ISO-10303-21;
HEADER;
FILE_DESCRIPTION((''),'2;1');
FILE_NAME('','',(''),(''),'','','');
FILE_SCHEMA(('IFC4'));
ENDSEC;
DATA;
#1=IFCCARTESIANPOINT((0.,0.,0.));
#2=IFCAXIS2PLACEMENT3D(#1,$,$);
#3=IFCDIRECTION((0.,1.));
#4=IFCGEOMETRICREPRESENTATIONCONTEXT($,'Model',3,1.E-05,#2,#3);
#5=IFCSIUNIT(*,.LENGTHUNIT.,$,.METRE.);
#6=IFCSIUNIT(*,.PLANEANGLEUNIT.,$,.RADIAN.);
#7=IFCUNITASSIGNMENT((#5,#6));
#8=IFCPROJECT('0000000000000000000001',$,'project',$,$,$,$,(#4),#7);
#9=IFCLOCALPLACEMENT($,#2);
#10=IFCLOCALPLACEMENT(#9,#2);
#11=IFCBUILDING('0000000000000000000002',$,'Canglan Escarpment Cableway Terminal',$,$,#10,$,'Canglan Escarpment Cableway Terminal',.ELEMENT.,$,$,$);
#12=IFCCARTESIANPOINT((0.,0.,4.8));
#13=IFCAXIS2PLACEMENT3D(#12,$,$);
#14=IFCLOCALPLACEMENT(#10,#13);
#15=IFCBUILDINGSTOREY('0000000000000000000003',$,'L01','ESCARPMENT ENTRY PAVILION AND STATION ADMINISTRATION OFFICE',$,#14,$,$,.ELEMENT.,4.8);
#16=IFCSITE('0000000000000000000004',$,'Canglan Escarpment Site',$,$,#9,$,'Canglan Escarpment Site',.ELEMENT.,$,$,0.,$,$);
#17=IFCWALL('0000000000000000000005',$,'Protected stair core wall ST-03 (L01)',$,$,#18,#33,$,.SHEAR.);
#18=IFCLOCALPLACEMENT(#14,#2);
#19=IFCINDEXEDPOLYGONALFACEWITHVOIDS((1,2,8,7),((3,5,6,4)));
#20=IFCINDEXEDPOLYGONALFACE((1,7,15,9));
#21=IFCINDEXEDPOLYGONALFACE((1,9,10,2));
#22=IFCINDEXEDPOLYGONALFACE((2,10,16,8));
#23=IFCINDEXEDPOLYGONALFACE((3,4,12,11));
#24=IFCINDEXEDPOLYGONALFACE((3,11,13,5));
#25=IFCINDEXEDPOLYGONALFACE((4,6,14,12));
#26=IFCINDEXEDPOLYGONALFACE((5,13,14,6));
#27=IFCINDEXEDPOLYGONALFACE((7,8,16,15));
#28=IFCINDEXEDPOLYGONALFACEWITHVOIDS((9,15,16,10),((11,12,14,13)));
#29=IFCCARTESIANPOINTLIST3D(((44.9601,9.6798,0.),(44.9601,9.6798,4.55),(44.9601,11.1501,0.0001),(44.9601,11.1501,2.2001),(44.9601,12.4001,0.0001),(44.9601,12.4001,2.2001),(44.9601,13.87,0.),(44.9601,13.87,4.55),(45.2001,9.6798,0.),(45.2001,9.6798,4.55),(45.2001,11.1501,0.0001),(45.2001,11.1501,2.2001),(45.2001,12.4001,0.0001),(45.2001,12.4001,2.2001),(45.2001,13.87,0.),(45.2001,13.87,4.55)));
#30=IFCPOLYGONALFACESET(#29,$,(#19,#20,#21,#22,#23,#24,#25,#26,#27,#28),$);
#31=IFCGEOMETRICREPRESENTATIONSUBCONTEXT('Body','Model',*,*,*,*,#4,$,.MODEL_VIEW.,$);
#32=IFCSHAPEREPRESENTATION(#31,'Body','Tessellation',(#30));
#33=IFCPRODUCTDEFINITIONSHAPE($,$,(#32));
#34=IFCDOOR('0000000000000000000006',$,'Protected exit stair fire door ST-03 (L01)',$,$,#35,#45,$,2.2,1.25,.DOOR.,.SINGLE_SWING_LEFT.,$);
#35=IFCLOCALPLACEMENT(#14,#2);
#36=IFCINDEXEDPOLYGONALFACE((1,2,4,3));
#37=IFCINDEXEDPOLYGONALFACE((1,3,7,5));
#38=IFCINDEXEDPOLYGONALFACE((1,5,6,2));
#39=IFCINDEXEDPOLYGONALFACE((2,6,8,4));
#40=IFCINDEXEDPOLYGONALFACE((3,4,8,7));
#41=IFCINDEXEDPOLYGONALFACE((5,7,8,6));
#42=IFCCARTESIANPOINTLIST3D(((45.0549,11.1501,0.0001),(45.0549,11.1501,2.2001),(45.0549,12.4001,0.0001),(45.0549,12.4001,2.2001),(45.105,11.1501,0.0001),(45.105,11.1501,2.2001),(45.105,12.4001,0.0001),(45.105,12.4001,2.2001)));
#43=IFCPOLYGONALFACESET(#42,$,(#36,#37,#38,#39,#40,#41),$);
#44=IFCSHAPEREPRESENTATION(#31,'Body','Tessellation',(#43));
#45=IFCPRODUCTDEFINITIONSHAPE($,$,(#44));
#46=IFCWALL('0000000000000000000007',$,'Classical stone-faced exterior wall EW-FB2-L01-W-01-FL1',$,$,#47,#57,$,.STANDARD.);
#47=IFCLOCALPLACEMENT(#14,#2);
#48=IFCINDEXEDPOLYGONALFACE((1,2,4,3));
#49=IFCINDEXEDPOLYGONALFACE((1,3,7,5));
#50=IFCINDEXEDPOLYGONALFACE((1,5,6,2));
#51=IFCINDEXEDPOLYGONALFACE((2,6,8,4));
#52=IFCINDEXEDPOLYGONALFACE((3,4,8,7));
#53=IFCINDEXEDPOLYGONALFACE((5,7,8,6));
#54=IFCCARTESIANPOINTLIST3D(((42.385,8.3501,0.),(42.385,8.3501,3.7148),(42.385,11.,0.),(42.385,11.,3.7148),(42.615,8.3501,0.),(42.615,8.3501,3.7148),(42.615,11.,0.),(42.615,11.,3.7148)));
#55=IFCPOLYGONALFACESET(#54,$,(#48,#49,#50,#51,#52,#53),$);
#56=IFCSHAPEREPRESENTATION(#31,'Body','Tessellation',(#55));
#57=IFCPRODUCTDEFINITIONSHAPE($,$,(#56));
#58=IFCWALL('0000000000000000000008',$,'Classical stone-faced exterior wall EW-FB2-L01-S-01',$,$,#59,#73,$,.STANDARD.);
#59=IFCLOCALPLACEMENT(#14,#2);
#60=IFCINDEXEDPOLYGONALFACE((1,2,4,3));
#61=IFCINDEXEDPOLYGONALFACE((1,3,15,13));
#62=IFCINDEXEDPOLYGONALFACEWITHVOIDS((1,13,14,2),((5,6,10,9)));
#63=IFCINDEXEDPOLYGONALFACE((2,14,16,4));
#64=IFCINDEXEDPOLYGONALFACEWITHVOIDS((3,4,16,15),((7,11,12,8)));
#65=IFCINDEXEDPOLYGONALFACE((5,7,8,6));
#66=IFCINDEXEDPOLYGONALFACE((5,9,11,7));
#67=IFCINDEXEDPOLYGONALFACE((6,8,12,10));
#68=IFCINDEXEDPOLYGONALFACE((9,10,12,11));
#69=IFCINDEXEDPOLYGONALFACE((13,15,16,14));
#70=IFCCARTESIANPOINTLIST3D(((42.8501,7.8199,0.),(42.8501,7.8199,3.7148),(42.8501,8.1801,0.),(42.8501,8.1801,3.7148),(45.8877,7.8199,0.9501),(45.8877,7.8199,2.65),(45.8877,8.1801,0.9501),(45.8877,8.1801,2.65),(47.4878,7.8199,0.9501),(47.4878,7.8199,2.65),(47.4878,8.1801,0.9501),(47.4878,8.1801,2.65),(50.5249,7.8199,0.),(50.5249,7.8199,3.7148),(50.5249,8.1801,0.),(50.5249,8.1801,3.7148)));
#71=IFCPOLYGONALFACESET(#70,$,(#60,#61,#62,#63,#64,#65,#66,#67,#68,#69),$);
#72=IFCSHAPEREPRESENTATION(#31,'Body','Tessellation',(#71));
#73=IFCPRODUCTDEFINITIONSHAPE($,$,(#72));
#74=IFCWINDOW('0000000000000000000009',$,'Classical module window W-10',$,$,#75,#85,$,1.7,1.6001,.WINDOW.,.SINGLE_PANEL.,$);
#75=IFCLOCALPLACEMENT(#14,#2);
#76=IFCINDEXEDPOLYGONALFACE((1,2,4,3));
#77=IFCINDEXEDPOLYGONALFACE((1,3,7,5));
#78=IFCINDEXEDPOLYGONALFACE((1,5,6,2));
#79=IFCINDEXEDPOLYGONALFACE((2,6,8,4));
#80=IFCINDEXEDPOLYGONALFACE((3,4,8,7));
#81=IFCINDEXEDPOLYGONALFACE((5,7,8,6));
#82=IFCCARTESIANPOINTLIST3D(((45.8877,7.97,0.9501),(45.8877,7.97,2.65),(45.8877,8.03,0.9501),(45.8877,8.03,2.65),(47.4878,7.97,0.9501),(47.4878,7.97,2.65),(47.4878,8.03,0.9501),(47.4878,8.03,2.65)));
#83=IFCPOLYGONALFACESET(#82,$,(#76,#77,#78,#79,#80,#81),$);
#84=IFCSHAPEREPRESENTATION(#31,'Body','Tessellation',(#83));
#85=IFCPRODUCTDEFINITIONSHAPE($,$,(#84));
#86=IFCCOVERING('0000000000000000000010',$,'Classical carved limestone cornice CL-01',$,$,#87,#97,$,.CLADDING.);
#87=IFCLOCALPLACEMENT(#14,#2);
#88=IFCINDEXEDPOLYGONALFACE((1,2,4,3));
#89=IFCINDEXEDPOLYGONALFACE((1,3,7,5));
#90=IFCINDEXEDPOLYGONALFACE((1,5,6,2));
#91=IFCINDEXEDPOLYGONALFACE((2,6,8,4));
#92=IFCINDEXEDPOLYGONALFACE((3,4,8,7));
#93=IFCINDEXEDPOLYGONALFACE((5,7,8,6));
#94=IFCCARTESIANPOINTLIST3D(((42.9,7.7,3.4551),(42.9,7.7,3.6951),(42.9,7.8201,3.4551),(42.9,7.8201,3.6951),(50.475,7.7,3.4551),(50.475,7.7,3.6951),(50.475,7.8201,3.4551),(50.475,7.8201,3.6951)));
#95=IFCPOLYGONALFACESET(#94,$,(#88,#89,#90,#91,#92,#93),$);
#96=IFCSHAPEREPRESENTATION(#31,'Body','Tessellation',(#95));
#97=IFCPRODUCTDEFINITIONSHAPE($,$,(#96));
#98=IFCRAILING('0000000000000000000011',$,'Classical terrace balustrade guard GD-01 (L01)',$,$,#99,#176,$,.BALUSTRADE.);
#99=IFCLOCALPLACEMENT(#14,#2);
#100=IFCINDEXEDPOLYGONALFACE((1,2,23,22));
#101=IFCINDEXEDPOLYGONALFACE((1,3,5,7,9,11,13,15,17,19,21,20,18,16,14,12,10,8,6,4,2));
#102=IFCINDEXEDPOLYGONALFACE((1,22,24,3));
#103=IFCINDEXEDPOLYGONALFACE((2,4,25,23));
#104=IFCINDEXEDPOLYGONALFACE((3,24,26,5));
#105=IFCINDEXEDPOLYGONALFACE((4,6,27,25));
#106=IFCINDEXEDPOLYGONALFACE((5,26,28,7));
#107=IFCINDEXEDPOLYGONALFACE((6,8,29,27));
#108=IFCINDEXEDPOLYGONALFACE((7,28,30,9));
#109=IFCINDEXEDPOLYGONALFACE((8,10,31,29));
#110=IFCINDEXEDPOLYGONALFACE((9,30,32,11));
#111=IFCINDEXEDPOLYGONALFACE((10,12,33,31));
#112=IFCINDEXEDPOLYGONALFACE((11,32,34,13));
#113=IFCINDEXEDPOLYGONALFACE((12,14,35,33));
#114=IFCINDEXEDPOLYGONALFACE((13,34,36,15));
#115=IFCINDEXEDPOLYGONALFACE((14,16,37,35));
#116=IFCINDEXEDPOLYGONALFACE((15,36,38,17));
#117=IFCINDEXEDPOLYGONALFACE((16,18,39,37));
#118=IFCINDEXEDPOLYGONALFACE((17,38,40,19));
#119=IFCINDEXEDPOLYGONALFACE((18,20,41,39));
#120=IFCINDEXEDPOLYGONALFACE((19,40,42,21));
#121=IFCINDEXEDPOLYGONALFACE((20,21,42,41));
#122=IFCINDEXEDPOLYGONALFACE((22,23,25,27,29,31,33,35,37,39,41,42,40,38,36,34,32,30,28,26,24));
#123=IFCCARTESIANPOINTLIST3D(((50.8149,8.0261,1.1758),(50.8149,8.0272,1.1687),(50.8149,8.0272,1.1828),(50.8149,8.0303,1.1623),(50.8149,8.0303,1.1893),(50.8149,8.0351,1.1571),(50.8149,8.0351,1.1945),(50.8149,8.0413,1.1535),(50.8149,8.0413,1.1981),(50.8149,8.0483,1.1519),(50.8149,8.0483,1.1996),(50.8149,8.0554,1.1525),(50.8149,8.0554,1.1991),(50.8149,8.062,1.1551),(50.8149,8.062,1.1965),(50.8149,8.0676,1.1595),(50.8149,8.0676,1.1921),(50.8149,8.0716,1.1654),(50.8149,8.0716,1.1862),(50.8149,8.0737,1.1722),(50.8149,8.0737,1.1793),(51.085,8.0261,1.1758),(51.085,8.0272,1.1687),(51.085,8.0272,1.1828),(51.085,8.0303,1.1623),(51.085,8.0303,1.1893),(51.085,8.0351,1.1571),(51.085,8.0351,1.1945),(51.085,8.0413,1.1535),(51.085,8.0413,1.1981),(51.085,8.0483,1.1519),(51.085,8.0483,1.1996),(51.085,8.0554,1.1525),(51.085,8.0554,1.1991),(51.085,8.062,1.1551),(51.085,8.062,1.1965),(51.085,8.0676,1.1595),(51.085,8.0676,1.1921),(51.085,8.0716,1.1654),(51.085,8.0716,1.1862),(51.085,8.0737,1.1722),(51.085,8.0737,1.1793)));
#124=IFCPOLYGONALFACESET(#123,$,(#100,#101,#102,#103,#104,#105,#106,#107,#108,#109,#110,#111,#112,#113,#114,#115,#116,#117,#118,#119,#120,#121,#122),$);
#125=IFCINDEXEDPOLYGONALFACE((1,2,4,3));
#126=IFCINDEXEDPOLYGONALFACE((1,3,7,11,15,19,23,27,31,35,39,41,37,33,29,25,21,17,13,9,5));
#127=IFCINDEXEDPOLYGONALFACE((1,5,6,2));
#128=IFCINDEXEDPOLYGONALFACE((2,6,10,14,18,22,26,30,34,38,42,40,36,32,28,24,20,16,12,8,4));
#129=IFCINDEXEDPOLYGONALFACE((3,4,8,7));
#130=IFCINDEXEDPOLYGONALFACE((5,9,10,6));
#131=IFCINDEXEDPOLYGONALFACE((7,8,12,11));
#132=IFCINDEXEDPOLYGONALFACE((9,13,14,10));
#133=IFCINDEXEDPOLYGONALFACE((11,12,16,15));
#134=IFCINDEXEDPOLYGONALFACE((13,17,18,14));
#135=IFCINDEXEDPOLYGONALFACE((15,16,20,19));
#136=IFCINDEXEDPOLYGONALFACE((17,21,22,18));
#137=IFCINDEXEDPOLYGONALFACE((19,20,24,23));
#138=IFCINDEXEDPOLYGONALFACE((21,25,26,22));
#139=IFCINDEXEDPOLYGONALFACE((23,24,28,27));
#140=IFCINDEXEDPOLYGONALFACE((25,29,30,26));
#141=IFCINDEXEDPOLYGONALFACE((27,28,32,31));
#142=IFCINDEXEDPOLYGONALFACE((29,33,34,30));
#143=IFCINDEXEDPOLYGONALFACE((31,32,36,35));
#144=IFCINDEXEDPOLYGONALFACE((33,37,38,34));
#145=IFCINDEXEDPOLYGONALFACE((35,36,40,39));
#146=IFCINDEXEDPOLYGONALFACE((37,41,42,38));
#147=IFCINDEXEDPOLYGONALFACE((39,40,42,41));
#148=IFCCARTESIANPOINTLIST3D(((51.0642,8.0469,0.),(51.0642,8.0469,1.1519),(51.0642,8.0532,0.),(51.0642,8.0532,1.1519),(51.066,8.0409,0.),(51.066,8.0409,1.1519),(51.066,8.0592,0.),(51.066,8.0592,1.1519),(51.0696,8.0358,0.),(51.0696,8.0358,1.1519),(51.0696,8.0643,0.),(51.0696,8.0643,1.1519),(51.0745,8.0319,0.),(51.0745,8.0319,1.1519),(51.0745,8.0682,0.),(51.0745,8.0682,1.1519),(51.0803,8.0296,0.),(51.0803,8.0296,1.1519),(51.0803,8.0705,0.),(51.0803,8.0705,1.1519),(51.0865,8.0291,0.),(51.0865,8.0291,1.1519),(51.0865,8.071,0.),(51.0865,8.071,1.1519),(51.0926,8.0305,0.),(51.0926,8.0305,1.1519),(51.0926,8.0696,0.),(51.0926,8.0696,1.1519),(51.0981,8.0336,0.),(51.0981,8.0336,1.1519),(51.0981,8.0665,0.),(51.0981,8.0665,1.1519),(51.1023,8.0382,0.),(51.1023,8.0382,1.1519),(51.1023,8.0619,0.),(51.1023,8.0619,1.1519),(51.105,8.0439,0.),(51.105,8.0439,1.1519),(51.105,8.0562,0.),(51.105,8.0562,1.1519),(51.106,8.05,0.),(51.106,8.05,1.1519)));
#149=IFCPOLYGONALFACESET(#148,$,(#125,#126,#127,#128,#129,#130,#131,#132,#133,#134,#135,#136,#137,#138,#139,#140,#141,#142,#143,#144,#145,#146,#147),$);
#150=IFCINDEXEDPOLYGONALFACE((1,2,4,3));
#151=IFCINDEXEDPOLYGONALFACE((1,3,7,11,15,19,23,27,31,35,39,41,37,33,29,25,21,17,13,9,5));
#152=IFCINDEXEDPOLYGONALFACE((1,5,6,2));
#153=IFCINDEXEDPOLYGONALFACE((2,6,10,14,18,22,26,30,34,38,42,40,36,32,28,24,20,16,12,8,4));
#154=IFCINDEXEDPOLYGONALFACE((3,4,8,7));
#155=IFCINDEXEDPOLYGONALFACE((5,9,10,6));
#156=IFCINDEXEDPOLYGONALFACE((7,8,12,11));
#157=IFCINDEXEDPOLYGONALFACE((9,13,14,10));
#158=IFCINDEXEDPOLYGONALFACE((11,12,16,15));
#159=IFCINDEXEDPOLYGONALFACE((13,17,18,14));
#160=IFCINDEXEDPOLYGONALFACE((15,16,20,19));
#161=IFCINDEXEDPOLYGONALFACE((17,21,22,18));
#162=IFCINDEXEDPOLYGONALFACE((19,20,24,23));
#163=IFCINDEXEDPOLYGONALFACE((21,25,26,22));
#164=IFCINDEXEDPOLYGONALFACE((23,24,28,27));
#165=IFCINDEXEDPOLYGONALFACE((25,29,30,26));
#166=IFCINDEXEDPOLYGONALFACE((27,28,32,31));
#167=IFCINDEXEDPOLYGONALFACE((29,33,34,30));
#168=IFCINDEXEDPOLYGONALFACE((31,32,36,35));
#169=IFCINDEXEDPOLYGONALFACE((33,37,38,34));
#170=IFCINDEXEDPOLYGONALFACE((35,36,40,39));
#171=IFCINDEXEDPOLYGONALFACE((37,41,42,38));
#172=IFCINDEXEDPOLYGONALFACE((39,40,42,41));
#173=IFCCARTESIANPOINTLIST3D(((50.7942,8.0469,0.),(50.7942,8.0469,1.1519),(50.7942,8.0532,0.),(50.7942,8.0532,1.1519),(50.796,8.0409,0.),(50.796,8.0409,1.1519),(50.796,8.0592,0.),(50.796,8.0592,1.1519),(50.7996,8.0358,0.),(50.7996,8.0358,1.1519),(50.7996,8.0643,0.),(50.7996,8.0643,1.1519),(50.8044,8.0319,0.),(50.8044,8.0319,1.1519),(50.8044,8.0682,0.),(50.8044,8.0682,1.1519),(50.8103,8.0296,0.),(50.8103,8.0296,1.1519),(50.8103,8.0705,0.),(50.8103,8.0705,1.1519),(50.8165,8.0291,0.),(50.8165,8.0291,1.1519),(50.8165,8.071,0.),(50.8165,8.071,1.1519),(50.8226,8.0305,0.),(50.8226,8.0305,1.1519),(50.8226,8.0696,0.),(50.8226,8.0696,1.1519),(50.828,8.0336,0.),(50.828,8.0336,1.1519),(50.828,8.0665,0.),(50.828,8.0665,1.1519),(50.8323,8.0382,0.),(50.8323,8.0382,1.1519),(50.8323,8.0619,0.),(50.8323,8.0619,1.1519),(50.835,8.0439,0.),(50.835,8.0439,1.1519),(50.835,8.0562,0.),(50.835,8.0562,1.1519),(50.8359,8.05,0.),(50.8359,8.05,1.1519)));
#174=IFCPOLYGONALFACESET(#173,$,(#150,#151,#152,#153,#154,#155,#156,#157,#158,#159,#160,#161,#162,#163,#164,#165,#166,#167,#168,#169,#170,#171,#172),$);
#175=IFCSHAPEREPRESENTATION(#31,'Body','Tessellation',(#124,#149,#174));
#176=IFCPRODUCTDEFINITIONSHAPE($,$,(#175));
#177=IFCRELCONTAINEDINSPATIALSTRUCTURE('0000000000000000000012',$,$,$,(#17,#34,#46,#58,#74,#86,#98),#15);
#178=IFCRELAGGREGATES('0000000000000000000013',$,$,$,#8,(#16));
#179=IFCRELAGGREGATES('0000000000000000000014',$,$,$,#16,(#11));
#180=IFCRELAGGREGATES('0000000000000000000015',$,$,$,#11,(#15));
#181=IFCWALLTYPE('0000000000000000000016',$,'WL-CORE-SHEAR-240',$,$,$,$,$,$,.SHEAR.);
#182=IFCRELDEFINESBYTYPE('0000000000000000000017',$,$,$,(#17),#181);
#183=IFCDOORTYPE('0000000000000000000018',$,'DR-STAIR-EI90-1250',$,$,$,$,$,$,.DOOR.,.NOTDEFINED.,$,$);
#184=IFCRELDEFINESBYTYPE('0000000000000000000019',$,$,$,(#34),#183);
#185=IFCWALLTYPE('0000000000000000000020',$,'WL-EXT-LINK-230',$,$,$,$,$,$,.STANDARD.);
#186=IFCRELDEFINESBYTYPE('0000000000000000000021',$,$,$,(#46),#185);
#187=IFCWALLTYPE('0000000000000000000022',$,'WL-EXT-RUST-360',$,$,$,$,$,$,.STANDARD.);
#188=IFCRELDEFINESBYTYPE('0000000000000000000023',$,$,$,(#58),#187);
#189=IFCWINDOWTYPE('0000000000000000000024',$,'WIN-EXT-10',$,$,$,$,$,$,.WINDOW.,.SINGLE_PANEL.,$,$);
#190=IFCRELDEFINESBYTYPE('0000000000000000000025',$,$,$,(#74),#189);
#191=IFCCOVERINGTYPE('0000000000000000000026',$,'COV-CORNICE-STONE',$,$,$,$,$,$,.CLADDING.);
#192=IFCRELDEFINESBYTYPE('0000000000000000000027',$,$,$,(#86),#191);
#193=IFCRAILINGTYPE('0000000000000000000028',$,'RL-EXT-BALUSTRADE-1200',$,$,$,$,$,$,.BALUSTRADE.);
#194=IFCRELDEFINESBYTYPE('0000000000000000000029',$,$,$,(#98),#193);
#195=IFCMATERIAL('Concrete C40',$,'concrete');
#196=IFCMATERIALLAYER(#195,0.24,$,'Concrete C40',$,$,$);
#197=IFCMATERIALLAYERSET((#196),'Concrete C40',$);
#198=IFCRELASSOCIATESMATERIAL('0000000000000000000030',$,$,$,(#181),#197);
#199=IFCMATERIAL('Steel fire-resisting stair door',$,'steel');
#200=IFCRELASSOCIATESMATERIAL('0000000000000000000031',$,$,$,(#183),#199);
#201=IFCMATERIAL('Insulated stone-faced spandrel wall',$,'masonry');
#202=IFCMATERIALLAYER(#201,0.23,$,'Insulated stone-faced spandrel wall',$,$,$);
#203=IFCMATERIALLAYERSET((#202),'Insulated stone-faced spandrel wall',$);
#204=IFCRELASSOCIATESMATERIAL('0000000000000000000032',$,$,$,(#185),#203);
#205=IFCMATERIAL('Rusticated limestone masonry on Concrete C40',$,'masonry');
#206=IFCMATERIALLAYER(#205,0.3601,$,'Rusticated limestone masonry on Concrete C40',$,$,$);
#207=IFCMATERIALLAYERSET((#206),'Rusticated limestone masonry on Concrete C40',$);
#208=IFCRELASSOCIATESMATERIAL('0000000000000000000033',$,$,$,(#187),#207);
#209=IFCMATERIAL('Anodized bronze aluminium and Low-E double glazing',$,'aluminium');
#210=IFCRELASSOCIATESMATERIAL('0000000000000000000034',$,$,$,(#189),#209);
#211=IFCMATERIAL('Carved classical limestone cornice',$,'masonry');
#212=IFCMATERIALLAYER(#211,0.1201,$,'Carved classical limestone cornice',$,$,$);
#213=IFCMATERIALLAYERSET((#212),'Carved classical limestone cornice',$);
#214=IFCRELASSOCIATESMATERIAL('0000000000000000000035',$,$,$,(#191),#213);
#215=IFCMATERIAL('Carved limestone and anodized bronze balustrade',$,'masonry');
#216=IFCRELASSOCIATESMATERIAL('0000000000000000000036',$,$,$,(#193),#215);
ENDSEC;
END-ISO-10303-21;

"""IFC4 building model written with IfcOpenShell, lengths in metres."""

from ifc_helpers import new_model, si_unit, direction, frame, frame_2d, origin, origin_2d, place, context, subcontext, project, spatial, rectangle, circle, extrude, material, layer, layer_set, type_object, element, fill, save


model = new_model("IFC4")

# Units and contexts
model_context = context("Model", 3, precision=1e-05, world=origin(), true_north=direction((0.0, 1.0)))
body_context = subcontext(model_context, "Body", "Model", "MODEL_VIEW")
ifc_project = project(units=[si_unit("LENGTHUNIT", "METRE"), si_unit("PLANEANGLEUNIT", "RADIAN")], contexts=[model_context])

# Site, building, storey
site_placement = place(None, origin())
site = spatial("IfcSite", under=ifc_project, at=site_placement, Name="Canglan Escarpment Site", LongName="Canglan Escarpment Site", CompositionType="ELEMENT", RefElevation=0.0)
building_placement = place(site_placement, origin())
building = spatial("IfcBuilding", under=site, at=building_placement, Name="Canglan Escarpment Cableway Terminal", LongName="Canglan Escarpment Cableway Terminal", CompositionType="ELEMENT")
storey_placement = place(building_placement, frame((0.0, 0.0, 4.8)))
storey = spatial("IfcBuildingStorey", under=building, at=storey_placement, Name="L01", Description="ESCARPMENT ENTRY PAVILION AND STATION ADMINISTRATION OFFICE", CompositionType="ELEMENT", Elevation=4.8)

# Shared definitions
ifc_material_1 = material(Name="Concrete C40", Category="concrete")

# Shared definitions
ifc_material_2 = material(Name="Anodized bronze aluminium and Low-E double glazing", Category="aluminium")

# Shared definitions
ifc_layer_1 = layer(ifc_material_1, 0.24, Name="Concrete C40")
ifc_layer_set_1 = layer_set([ifc_layer_1], Name="Concrete C40")
wall_type_1 = type_object("IfcWallType", Name="WL-CORE-SHEAR-240", PredefinedType="SHEAR", material=ifc_layer_set_1)

# Wall, opening, door
wall_1_placement = place(storey_placement, frame((45.0801, 13.8701, 0.0), z_axis=(0.0, 0.0, 1.0), x_axis=(0.0, -1.0, 0.0)))
wall_1 = element("IfcWall", 1, at=wall_1_placement, inside=storey, type_object=wall_type_1, Name="Protected stair core wall ST-03 (L01)", PredefinedType="SHEAR", context=body_context, shape_type="SweptSolid", body=[
    extrude(rectangle(XDim=4.1902, YDim=0.24, at=frame_2d((2.0952, 0.0))), origin(), (0.0, 0.0, 1.0), 4.55),
])
opening_1_placement = place(wall_1_placement, frame((1.47, 0.0, 0.0)))
opening_1 = element("IfcOpeningElement", 2, at=opening_1_placement, cuts=wall_1, PredefinedType="OPENING", context=body_context, shape_type="SweptSolid", body=[
    extrude(rectangle(XDim=1.25, YDim=2.2, at=frame_2d((0.625, 1.1001))), frame((0.0, 0.1299, 0.0), z_axis=(0.0, -1.0, 0.0), x_axis=(1.0, 0.0, 0.0)), (0.0, 0.0, 1.0), 0.26),
])
ifc_material_3 = material(Name="Steel fire-resisting stair door", Category="steel")
door_type = type_object("IfcDoorType", Name="DR-STAIR-EI90-1250", OperationType="NOTDEFINED", PredefinedType="DOOR", material=ifc_material_3)
door_placement = place(opening_1_placement, origin())
door = element("IfcDoor", 3, at=door_placement, inside=storey, type_object=door_type, Name="Protected exit stair fire door ST-03 (L01)", OperationType="SINGLE_SWING_LEFT", OverallHeight=2.2, OverallWidth=1.25, PredefinedType="DOOR", context=body_context, shape_type="SweptSolid", body=[
    extrude(rectangle(XDim=1.25, YDim=2.2, at=frame_2d((0.625, 1.1001))), frame((0.0, 0.0249, 0.0), z_axis=(0.0, -1.0, 0.0), x_axis=(1.0, 0.0, 0.0)), (0.0, 0.0, 1.0), 0.05),
])
fill(opening_1, door)

# Wall
ifc_material_4 = material(Name="Insulated stone-faced spandrel wall", Category="masonry")
ifc_layer_2 = layer(ifc_material_4, 0.23, Name="Insulated stone-faced spandrel wall")
ifc_layer_set_2 = layer_set([ifc_layer_2], Name="Insulated stone-faced spandrel wall")
wall_type_2 = type_object("IfcWallType", Name="WL-EXT-LINK-230", PredefinedType="STANDARD", material=ifc_layer_set_2)
wall_2_placement = place(storey_placement, frame((42.5, 8.3501, 0.0), z_axis=(0.0, 0.0, 1.0), x_axis=(0.0, 1.0, 0.0)))
element("IfcWall", 4, at=wall_2_placement, inside=storey, type_object=wall_type_2, Name="Classical stone-faced exterior wall EW-FB2-L01-W-01-FL1", PredefinedType="STANDARD", context=body_context, shape_type="SweptSolid", body=[
    extrude(rectangle(XDim=2.6499, YDim=0.23, at=frame_2d((1.325, 0.0))), origin(), (0.0, 0.0, 1.0), 3.7148),
])

# Wall, opening, window
ifc_material_5 = material(Name="Rusticated limestone masonry on Concrete C40", Category="masonry")
ifc_layer_3 = layer(ifc_material_5, 0.3601, Name="Rusticated limestone masonry on Concrete C40")
ifc_layer_set_3 = layer_set([ifc_layer_3], Name="Rusticated limestone masonry on Concrete C40")
wall_type_3 = type_object("IfcWallType", Name="WL-EXT-RUST-360", PredefinedType="STANDARD", material=ifc_layer_set_3)
wall_3_placement = place(storey_placement, frame((42.8501, 8.0, 0.0), z_axis=(0.0, 0.0, 1.0), x_axis=(1.0, 0.0, 0.0)))
wall_3 = element("IfcWall", 5, at=wall_3_placement, inside=storey, type_object=wall_type_3, Name="Classical stone-faced exterior wall EW-FB2-L01-S-01", PredefinedType="STANDARD", context=body_context, shape_type="SweptSolid", body=[
    extrude(rectangle(XDim=7.6748, YDim=0.3601, at=frame_2d((3.8374, 0.0))), origin(), (0.0, 0.0, 1.0), 3.7148),
])
opening_2_placement = place(wall_3_placement, frame((3.0376, 0.0, 0.95)))
opening_2 = element("IfcOpeningElement", 6, at=opening_2_placement, cuts=wall_3, PredefinedType="OPENING", context=body_context, shape_type="SweptSolid", body=[
    extrude(rectangle(XDim=1.6001, YDim=1.7, at=frame_2d((0.8, 0.8501))), frame((0.0, 0.1899, 0.0), z_axis=(0.0, -1.0, 0.0), x_axis=(1.0, 0.0, 0.0)), (0.0, 0.0, 1.0), 0.3801),
])
window_type = type_object("IfcWindowType", Name="WIN-EXT-10", PartitioningType="SINGLE_PANEL", PredefinedType="WINDOW", material=ifc_material_2)
window_placement = place(opening_2_placement, origin())
window = element("IfcWindow", 7, at=window_placement, inside=storey, type_object=window_type, Name="Classical module window W-10", OverallHeight=1.7, OverallWidth=1.6001, PartitioningType="SINGLE_PANEL", PredefinedType="WINDOW", context=body_context, shape_type="SweptSolid", body=[
    extrude(rectangle(XDim=1.6001, YDim=1.7, at=frame_2d((0.8, 0.8501))), frame((0.0, 0.03, 0.0), z_axis=(0.0, -1.0, 0.0), x_axis=(1.0, 0.0, 0.0)), (0.0, 0.0, 1.0), 0.0601),
])
fill(opening_2, window)

# Covering
ifc_material_6 = material(Name="Carved classical limestone cornice", Category="masonry")
ifc_layer_4 = layer(ifc_material_6, 0.1201, Name="Carved classical limestone cornice")
ifc_layer_set_4 = layer_set([ifc_layer_4], Name="Carved classical limestone cornice")
covering_type = type_object("IfcCoveringType", Name="COV-CORNICE-STONE", PredefinedType="CLADDING", material=ifc_layer_set_4)
covering_placement = place(storey_placement, frame((46.6875, 7.76, 3.4551), z_axis=(0.0, 0.0, 1.0), x_axis=(1.0, 0.0, 0.0)))
element("IfcCovering", 8, at=covering_placement, inside=storey, type_object=covering_type, Name="Classical carved limestone cornice CL-01", PredefinedType="CLADDING", context=body_context, shape_type="SweptSolid", body=[
    extrude(rectangle(XDim=7.575, YDim=0.1201, at=origin_2d()), origin(), (0.0, 0.0, 1.0), 0.24),
])

# Railing
ifc_material_7 = material(Name="Carved limestone and anodized bronze balustrade", Category="masonry")
railing_type_1 = type_object("IfcRailingType", Name="RL-EXT-BALUSTRADE-1200", PredefinedType="BALUSTRADE", material=ifc_material_7)
railing_1_placement = place(storey_placement, frame((51.085, 8.05, 0.0)))
element("IfcRailing", 9, at=railing_1_placement, inside=storey, type_object=railing_type_1, Name="Classical terrace balustrade guard GD-01 (L01)", PredefinedType="BALUSTRADE", context=body_context, shape_type="SweptSolid", body=[
    extrude(circle(Radius=0.0239, at=origin_2d()), frame((0.0, 0.0, 1.1758), z_axis=(-1.0, 0.0, 0.0), x_axis=(0.0, -1.0, 0.0)), (0.0, 0.0, 1.0), 0.27),
    extrude(circle(Radius=0.021, at=origin_2d()), origin(), (0.0, 0.0, 1.0), 1.1519),
    extrude(circle(Radius=0.021, at=origin_2d()), frame((-0.27, 0.0, 0.0)), (0.0, 0.0, 1.0), 1.1519),
])

save(model, "model.ifc")
